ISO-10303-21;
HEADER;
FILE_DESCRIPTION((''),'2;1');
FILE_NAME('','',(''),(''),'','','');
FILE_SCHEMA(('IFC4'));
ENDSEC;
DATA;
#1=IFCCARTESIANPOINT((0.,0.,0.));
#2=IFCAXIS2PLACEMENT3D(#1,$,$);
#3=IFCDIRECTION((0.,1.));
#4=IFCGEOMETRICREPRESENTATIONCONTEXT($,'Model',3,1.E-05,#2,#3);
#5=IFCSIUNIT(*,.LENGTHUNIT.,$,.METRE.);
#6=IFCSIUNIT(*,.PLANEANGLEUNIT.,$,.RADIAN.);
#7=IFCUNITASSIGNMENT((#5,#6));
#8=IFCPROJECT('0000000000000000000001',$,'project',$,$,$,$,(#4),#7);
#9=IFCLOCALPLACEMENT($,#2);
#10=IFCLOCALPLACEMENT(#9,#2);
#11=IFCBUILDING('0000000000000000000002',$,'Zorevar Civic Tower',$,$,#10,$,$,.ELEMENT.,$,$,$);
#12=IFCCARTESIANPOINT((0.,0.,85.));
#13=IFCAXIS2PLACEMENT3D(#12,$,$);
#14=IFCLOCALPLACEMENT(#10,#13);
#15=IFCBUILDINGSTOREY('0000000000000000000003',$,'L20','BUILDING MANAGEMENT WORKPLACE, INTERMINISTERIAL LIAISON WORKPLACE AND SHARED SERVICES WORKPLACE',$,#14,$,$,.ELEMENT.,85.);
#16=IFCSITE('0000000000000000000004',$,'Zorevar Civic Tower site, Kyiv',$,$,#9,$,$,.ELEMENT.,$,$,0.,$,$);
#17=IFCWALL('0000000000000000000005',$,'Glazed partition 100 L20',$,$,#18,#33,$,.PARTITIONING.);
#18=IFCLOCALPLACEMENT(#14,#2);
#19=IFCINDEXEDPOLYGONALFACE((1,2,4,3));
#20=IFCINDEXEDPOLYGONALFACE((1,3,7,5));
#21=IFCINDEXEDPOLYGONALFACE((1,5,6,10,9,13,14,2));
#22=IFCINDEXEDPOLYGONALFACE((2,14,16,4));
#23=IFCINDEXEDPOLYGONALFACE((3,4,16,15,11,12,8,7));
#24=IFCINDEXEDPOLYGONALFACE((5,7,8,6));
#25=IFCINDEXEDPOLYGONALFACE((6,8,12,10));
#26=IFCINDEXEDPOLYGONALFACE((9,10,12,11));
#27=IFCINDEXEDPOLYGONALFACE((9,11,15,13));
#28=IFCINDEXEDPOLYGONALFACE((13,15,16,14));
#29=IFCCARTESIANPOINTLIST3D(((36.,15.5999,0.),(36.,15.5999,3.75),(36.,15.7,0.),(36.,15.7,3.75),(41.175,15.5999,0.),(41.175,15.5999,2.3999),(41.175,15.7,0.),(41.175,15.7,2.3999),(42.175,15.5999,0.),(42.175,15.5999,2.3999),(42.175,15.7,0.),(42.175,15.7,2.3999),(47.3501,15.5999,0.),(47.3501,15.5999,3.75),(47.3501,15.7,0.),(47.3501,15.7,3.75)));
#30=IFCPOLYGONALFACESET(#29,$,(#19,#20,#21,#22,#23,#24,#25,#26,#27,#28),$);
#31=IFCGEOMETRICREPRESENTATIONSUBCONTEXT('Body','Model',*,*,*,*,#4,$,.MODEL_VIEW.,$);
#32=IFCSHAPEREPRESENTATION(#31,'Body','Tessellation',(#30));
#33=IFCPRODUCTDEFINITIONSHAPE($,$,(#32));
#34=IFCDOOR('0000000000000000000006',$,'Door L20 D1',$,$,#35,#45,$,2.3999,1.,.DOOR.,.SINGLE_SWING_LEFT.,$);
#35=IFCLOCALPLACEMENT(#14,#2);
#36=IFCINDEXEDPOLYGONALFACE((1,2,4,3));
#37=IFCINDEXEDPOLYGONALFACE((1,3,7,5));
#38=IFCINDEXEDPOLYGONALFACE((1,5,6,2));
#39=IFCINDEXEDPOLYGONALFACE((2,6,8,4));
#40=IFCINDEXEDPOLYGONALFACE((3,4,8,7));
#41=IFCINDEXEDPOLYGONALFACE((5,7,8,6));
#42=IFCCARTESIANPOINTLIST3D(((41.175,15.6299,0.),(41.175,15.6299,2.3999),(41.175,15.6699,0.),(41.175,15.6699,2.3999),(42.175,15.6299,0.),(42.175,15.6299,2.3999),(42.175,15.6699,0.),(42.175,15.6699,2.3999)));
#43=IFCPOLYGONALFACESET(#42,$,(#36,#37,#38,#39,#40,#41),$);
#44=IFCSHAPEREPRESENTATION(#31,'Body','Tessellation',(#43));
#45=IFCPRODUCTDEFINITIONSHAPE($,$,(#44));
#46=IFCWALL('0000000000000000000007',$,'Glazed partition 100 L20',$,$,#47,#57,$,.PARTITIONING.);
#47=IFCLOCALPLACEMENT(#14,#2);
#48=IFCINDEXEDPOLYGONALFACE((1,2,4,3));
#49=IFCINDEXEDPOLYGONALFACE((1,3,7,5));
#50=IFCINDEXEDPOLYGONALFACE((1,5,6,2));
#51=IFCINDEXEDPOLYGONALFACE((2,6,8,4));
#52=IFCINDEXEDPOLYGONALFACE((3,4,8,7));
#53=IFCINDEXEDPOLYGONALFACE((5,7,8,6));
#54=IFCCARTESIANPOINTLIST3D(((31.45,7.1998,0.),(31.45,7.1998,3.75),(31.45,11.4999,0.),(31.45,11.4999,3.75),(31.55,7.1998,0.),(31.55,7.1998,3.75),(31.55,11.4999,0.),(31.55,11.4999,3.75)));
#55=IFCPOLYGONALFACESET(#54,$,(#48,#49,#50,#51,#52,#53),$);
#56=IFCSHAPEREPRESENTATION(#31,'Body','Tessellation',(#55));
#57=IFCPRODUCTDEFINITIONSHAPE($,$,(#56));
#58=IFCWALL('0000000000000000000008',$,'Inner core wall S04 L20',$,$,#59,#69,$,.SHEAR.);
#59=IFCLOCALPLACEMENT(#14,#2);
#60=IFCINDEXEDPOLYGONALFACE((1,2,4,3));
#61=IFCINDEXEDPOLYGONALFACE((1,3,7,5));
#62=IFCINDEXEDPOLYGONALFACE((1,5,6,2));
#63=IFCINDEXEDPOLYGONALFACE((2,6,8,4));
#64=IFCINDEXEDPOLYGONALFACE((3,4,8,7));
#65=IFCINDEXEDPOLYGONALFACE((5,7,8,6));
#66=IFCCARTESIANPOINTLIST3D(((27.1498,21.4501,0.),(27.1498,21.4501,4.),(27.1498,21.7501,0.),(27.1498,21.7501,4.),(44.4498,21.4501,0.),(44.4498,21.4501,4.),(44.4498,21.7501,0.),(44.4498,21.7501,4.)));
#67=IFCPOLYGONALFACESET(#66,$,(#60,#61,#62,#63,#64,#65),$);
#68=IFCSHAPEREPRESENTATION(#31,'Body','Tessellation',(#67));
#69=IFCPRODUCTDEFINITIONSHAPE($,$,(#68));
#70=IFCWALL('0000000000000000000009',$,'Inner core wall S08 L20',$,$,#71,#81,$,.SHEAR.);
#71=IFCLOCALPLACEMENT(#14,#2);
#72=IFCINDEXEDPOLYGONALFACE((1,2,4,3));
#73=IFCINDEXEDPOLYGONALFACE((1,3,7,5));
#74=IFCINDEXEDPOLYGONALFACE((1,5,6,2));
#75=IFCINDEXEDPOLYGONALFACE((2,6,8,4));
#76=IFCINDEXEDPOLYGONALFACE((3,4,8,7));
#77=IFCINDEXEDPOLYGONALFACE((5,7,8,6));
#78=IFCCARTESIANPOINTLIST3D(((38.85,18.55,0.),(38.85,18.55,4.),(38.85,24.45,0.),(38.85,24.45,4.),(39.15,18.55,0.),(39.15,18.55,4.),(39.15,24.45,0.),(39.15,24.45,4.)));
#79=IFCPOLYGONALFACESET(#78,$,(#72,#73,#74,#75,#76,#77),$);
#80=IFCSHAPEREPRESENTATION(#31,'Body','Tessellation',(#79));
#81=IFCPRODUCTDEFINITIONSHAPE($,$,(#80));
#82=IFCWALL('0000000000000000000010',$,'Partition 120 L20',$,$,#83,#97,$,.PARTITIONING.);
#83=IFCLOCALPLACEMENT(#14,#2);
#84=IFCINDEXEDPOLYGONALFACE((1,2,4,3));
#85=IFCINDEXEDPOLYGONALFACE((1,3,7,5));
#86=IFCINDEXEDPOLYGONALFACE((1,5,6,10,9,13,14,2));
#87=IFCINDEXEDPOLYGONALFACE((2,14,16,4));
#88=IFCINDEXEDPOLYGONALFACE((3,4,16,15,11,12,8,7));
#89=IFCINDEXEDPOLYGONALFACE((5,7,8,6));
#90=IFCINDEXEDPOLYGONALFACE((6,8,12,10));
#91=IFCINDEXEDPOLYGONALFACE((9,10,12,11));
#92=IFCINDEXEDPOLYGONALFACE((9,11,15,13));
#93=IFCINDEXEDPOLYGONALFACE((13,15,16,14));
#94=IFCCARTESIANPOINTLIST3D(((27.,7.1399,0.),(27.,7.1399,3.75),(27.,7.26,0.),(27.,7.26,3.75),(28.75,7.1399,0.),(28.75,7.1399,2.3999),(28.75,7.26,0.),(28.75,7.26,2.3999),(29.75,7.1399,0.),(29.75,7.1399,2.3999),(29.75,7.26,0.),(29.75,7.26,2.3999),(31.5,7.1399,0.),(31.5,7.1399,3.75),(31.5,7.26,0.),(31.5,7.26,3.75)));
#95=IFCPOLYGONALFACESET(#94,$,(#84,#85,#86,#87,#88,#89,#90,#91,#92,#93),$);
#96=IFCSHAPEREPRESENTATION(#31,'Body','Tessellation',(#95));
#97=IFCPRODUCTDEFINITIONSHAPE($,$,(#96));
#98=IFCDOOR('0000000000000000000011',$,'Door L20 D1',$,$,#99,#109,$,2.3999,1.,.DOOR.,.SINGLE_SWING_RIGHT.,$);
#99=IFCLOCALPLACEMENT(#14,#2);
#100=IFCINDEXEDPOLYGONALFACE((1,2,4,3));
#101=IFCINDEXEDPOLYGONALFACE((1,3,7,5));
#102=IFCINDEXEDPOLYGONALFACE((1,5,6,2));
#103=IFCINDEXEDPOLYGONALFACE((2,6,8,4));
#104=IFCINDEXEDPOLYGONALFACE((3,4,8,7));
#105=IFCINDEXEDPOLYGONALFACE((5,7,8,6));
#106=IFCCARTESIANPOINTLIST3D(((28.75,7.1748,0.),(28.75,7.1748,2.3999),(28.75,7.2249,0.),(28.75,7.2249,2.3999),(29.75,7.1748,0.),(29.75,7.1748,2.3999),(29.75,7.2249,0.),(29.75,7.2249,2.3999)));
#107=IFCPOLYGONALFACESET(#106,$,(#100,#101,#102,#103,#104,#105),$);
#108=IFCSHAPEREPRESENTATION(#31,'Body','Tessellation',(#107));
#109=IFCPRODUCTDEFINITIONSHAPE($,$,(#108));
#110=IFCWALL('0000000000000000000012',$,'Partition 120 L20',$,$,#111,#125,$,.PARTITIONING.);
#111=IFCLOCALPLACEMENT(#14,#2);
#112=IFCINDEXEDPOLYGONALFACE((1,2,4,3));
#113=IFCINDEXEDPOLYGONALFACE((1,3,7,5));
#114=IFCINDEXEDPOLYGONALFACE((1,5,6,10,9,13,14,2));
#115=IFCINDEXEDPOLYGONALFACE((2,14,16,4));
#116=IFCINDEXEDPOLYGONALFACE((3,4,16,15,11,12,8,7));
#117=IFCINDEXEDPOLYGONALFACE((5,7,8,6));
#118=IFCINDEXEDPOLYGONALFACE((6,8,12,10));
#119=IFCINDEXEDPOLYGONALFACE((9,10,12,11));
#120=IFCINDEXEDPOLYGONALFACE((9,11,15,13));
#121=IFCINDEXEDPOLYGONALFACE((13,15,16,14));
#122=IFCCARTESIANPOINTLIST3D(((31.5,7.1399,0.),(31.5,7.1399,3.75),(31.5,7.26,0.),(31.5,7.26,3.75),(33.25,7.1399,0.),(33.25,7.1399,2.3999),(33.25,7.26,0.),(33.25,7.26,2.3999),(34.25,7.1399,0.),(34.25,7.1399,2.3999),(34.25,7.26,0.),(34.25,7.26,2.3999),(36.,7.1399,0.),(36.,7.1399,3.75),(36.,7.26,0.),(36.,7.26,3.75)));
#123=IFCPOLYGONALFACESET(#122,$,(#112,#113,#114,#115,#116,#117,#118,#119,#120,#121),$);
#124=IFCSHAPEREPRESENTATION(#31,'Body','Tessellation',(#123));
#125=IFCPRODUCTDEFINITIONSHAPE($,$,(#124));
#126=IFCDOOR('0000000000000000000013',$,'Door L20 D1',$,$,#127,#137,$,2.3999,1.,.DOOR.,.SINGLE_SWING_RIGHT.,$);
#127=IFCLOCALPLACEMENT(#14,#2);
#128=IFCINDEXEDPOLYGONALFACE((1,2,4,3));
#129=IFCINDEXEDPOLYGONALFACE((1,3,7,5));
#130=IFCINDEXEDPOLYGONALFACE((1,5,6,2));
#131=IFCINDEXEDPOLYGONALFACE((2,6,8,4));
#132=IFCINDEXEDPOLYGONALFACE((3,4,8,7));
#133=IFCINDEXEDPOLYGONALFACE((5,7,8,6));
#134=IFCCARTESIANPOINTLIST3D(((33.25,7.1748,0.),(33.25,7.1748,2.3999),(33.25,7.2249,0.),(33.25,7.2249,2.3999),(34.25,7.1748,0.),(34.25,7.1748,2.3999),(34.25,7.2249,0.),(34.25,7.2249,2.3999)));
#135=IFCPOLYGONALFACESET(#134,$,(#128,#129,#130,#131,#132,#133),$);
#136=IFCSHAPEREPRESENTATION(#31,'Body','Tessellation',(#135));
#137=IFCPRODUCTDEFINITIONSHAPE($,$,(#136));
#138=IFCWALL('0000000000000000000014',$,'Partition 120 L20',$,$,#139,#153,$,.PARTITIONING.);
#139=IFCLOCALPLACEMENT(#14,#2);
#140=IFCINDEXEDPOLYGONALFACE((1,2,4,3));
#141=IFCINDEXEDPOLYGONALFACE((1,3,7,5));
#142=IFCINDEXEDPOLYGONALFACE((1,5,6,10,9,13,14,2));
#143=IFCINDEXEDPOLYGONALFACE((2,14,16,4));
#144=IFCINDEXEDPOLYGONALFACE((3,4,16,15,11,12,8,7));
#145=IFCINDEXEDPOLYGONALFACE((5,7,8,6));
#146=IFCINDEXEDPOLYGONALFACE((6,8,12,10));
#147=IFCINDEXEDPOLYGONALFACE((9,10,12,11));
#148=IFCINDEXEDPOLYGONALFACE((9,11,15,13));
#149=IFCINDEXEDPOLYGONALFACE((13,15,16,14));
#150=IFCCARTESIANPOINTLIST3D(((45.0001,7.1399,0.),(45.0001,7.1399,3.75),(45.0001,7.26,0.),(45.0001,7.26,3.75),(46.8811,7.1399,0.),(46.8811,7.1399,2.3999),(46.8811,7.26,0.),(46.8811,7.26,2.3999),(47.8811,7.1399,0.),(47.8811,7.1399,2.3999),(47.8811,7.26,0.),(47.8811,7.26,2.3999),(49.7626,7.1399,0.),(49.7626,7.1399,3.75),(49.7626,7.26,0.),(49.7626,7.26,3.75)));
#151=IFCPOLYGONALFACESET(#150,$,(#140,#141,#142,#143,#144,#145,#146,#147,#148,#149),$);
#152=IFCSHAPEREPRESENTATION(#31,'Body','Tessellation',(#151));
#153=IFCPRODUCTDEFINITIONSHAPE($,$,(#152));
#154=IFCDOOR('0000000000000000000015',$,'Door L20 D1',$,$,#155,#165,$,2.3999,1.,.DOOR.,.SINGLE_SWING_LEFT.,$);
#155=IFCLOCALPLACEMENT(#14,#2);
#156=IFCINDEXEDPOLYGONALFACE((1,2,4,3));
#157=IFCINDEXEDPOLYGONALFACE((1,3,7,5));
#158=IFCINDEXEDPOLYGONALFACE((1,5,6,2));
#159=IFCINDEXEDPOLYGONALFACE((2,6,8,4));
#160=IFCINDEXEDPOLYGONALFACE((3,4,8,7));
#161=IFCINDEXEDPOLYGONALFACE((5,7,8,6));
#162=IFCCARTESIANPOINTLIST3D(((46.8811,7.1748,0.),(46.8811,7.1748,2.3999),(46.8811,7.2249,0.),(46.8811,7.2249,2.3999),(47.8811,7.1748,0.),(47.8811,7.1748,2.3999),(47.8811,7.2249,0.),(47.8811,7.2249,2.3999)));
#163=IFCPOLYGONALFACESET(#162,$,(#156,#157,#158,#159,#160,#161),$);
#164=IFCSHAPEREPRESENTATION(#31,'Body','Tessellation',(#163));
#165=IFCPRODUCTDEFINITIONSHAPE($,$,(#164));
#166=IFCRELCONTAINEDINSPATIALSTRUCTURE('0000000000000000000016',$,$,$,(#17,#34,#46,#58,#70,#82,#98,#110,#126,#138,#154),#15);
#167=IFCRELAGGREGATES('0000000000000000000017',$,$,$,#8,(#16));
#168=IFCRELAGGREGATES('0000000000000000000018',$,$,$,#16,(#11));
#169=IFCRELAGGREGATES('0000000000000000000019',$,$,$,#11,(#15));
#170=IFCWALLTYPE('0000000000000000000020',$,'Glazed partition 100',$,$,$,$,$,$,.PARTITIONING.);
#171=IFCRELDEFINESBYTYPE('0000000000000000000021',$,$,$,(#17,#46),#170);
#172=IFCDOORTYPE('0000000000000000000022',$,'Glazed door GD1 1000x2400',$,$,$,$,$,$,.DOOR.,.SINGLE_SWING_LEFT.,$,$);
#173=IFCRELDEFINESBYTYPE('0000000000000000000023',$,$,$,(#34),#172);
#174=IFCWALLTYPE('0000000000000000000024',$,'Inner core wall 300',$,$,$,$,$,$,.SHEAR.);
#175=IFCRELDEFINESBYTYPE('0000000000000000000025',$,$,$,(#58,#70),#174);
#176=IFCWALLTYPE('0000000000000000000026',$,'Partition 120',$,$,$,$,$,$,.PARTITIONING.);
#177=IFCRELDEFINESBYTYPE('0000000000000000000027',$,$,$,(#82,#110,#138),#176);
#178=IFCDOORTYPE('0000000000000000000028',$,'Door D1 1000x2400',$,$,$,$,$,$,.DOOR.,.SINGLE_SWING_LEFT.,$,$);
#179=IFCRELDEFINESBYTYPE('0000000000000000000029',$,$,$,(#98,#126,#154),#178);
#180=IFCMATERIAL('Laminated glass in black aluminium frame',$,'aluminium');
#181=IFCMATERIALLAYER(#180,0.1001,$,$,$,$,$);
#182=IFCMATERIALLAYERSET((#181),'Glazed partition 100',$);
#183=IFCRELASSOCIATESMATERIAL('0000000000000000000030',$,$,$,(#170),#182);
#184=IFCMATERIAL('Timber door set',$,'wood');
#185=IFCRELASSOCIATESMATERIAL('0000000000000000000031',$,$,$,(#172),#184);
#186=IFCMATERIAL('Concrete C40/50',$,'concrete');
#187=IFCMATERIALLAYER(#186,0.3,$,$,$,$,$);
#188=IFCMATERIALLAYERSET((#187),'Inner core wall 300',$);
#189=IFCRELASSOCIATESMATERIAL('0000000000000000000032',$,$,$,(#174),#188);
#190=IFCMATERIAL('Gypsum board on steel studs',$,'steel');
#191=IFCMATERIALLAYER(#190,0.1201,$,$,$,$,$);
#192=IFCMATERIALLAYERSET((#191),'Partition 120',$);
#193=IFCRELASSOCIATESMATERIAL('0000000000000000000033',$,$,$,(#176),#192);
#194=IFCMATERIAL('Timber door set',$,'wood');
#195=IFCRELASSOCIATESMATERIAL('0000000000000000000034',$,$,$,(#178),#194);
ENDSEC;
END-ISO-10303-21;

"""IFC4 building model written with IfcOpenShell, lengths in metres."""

from ifc_helpers import new_model, si_unit, direction, frame, frame_2d, origin, place, context, subcontext, project, spatial, rectangle, extrude, material, layer, layer_set, type_object, element, fill, save


model = new_model("IFC4")

# Units and contexts
model_context = context("Model", 3, precision=1e-05, world=origin(), true_north=direction((0.0, 1.0)))
body_context = subcontext(model_context, "Body", "Model", "MODEL_VIEW")
ifc_project = project(units=[si_unit("LENGTHUNIT", "METRE"), si_unit("PLANEANGLEUNIT", "RADIAN")], contexts=[model_context])

# Site, building, storey
site_placement = place(None, origin())
site = spatial("IfcSite", under=ifc_project, at=site_placement, Name="Zorevar Civic Tower site, Kyiv", CompositionType="ELEMENT", RefElevation=0.0)
building_placement = place(site_placement, origin())
building = spatial("IfcBuilding", under=site, at=building_placement, Name="Zorevar Civic Tower", CompositionType="ELEMENT")
storey_placement = place(building_placement, frame((0.0, 0.0, 85.0)))
storey = spatial("IfcBuildingStorey", under=building, at=storey_placement, Name="L20", Description="BUILDING MANAGEMENT WORKPLACE, INTERMINISTERIAL LIAISON WORKPLACE AND SHARED SERVICES WORKPLACE", CompositionType="ELEMENT", Elevation=85.0)

# Wall, opening, door
ifc_material_1 = material(Name="Laminated glass in black aluminium frame", Category="aluminium")
ifc_layer_1 = layer(ifc_material_1, 0.1001)
ifc_layer_set_1 = layer_set([ifc_layer_1], Name="Glazed partition 100")
wall_type_1 = type_object("IfcWallType", Name="Glazed partition 100", PredefinedType="PARTITIONING", material=ifc_layer_set_1)
wall_1_placement = place(storey_placement, frame((36.0, 15.6499, 0.0), z_axis=(0.0, 0.0, 1.0), x_axis=(1.0, 0.0, 0.0)))
wall_1 = element("IfcWall", 1, at=wall_1_placement, inside=storey, type_object=wall_type_1, Name="Glazed partition 100 L20", PredefinedType="PARTITIONING", context=body_context, shape_type="SweptSolid", body=[
    extrude(rectangle(XDim=11.3501, YDim=0.1001, at=frame_2d((5.675, 0.0))), origin(), (0.0, 0.0, 1.0), 3.75),
])
opening_1_placement = place(wall_1_placement, frame((5.175, 0.0, 0.0)))
opening_1 = element("IfcOpeningElement", 2, at=opening_1_placement, cuts=wall_1, PredefinedType="OPENING", context=body_context, shape_type="SweptSolid", body=[
    extrude(rectangle(XDim=1.0, YDim=2.3999, at=frame_2d((0.5, 1.2))), frame((0.0, 0.0601, 0.0), z_axis=(0.0, -1.0, 0.0), x_axis=(1.0, 0.0, 0.0)), (0.0, 0.0, 1.0), 0.1201),
])
ifc_material_2 = material(Name="Timber door set", Category="wood")
door_type_1 = type_object("IfcDoorType", Name="Glazed door GD1 1000x2400", OperationType="SINGLE_SWING_LEFT", PredefinedType="DOOR", material=ifc_material_2)
door_1_placement = place(opening_1_placement, origin())
door_1 = element("IfcDoor", 3, at=door_1_placement, inside=storey, type_object=door_type_1, Name="Door L20 D1", OperationType="SINGLE_SWING_LEFT", OverallHeight=2.3999, OverallWidth=1.0, PredefinedType="DOOR", context=body_context, shape_type="SweptSolid", body=[
    extrude(rectangle(XDim=1.0, YDim=2.3999, at=frame_2d((0.5, 1.2))), frame((0.0, 0.02, 0.0), z_axis=(0.0, -1.0, 0.0), x_axis=(1.0, 0.0, 0.0)), (0.0, 0.0, 1.0), 0.04),
])
fill(opening_1, door_1)

# Walls
wall_2_placement = place(storey_placement, frame((31.5, 7.2, 0.0), z_axis=(0.0, 0.0, 1.0), x_axis=(0.0, 1.0, 0.0)))
element("IfcWall", 4, at=wall_2_placement, inside=storey, type_object=wall_type_1, Name="Glazed partition 100 L20", PredefinedType="PARTITIONING", context=body_context, shape_type="SweptSolid", body=[
    extrude(rectangle(XDim=4.3, YDim=0.1001, at=frame_2d((2.1499, 0.0))), origin(), (0.0, 0.0, 1.0), 3.75),
])
ifc_material_3 = material(Name="Concrete C40/50", Category="concrete")
ifc_layer_2 = layer(ifc_material_3, 0.3)
ifc_layer_set_2 = layer_set([ifc_layer_2], Name="Inner core wall 300")
wall_type_2 = type_object("IfcWallType", Name="Inner core wall 300", PredefinedType="SHEAR", material=ifc_layer_set_2)
wall_3_placement = place(storey_placement, frame((27.1499, 21.6001, 0.0), z_axis=(0.0, 0.0, 1.0), x_axis=(1.0, 0.0, 0.0)))
element("IfcWall", 5, at=wall_3_placement, inside=storey, type_object=wall_type_2, Name="Inner core wall S04 L20", PredefinedType="SHEAR", context=body_context, shape_type="SweptSolid", body=[
    extrude(rectangle(XDim=17.3, YDim=0.3, at=frame_2d((8.6499, 0.0))), origin(), (0.0, 0.0, 1.0), 4.0),
])
wall_4_placement = place(storey_placement, frame((39.0, 18.55, 0.0), z_axis=(0.0, 0.0, 1.0), x_axis=(0.0, 1.0, 0.0)))
element("IfcWall", 6, at=wall_4_placement, inside=storey, type_object=wall_type_2, Name="Inner core wall S08 L20", PredefinedType="SHEAR", context=body_context, shape_type="SweptSolid", body=[
    extrude(rectangle(XDim=5.8999, YDim=0.3, at=frame_2d((2.95, 0.0))), origin(), (0.0, 0.0, 1.0), 4.0),
])

# Walls, openings, doors
ifc_material_4 = material(Name="Gypsum board on steel studs", Category="steel")
ifc_layer_3 = layer(ifc_material_4, 0.1201)
ifc_layer_set_3 = layer_set([ifc_layer_3], Name="Partition 120")
wall_type_3 = type_object("IfcWallType", Name="Partition 120", PredefinedType="PARTITIONING", material=ifc_layer_set_3)
wall_5_placement = place(storey_placement, frame((27.0, 7.2, 0.0), z_axis=(0.0, 0.0, 1.0), x_axis=(1.0, 0.0, 0.0)))
wall_5 = element("IfcWall", 7, at=wall_5_placement, inside=storey, type_object=wall_type_3, Name="Partition 120 L20", PredefinedType="PARTITIONING", context=body_context, shape_type="SweptSolid", body=[
    extrude(rectangle(XDim=4.5, YDim=0.1201, at=frame_2d((2.25, 0.0))), origin(), (0.0, 0.0, 1.0), 3.75),
])
opening_2_placement = place(wall_5_placement, frame((1.75, 0.0, 0.0)))
opening_2 = element("IfcOpeningElement", 8, at=opening_2_placement, cuts=wall_5, PredefinedType="OPENING", context=body_context, shape_type="SweptSolid", body=[
    extrude(rectangle(XDim=1.0, YDim=2.3999, at=frame_2d((0.5, 1.2))), frame((0.0, 0.0701, 0.0), z_axis=(0.0, -1.0, 0.0), x_axis=(1.0, 0.0, 0.0)), (0.0, 0.0, 1.0), 0.1401),
])
ifc_material_5 = material(Name="Timber door set", Category="wood")
door_type_2 = type_object("IfcDoorType", Name="Door D1 1000x2400", OperationType="SINGLE_SWING_LEFT", PredefinedType="DOOR", material=ifc_material_5)
door_2_placement = place(opening_2_placement, origin())
door_2 = element("IfcDoor", 9, at=door_2_placement, inside=storey, type_object=door_type_2, Name="Door L20 D1", OperationType="SINGLE_SWING_RIGHT", OverallHeight=2.3999, OverallWidth=1.0, PredefinedType="DOOR", context=body_context, shape_type="SweptSolid", body=[
    extrude(rectangle(XDim=1.0, YDim=2.3999, at=frame_2d((0.5, 1.2))), frame((0.0, 0.0249, 0.0), z_axis=(0.0, -1.0, 0.0), x_axis=(1.0, 0.0, 0.0)), (0.0, 0.0, 1.0), 0.05),
])
fill(opening_2, door_2)
wall_6_placement = place(storey_placement, frame((31.5, 7.2, 0.0), z_axis=(0.0, 0.0, 1.0), x_axis=(1.0, 0.0, 0.0)))
wall_6 = element("IfcWall", 10, at=wall_6_placement, inside=storey, type_object=wall_type_3, Name="Partition 120 L20", PredefinedType="PARTITIONING", context=body_context, shape_type="SweptSolid", body=[
    extrude(rectangle(XDim=4.5, YDim=0.1201, at=frame_2d((2.25, 0.0))), origin(), (0.0, 0.0, 1.0), 3.75),
])
opening_3_placement = place(wall_6_placement, frame((1.75, 0.0, 0.0)))
opening_3 = element("IfcOpeningElement", 11, at=opening_3_placement, cuts=wall_6, PredefinedType="OPENING", context=body_context, shape_type="SweptSolid", body=[
    extrude(rectangle(XDim=1.0, YDim=2.3999, at=frame_2d((0.5, 1.2))), frame((0.0, 0.0701, 0.0), z_axis=(0.0, -1.0, 0.0), x_axis=(1.0, 0.0, 0.0)), (0.0, 0.0, 1.0), 0.1401),
])
door_3_placement = place(opening_3_placement, origin())
door_3 = element("IfcDoor", 12, at=door_3_placement, inside=storey, type_object=door_type_2, Name="Door L20 D1", OperationType="SINGLE_SWING_RIGHT", OverallHeight=2.3999, OverallWidth=1.0, PredefinedType="DOOR", context=body_context, shape_type="SweptSolid", body=[
    extrude(rectangle(XDim=1.0, YDim=2.3999, at=frame_2d((0.5, 1.2))), frame((0.0, 0.0249, 0.0), z_axis=(0.0, -1.0, 0.0), x_axis=(1.0, 0.0, 0.0)), (0.0, 0.0, 1.0), 0.05),
])
fill(opening_3, door_3)
wall_7_placement = place(storey_placement, frame((45.0, 7.2, 0.0), z_axis=(0.0, 0.0, 1.0), x_axis=(1.0, 0.0, 0.0)))
wall_7 = element("IfcWall", 13, at=wall_7_placement, inside=storey, type_object=wall_type_3, Name="Partition 120 L20", PredefinedType="PARTITIONING", context=body_context, shape_type="SweptSolid", body=[
    extrude(rectangle(XDim=4.7625, YDim=0.1201, at=frame_2d((2.3813, 0.0))), origin(), (0.0, 0.0, 1.0), 3.75),
])
opening_4_placement = place(wall_7_placement, frame((1.8811, 0.0, 0.0)))
opening_4 = element("IfcOpeningElement", 14, at=opening_4_placement, cuts=wall_7, PredefinedType="OPENING", context=body_context, shape_type="SweptSolid", body=[
    extrude(rectangle(XDim=1.0, YDim=2.3999, at=frame_2d((0.5, 1.2))), frame((0.0, 0.0701, 0.0), z_axis=(0.0, -1.0, 0.0), x_axis=(1.0, 0.0, 0.0)), (0.0, 0.0, 1.0), 0.1401),
])
door_4_placement = place(opening_4_placement, origin())
door_4 = element("IfcDoor", 15, at=door_4_placement, inside=storey, type_object=door_type_2, Name="Door L20 D1", OperationType="SINGLE_SWING_LEFT", OverallHeight=2.3999, OverallWidth=1.0, PredefinedType="DOOR", context=body_context, shape_type="SweptSolid", body=[
    extrude(rectangle(XDim=1.0, YDim=2.3999, at=frame_2d((0.5, 1.2))), frame((0.0, 0.0249, 0.0), z_axis=(0.0, -1.0, 0.0), x_axis=(1.0, 0.0, 0.0)), (0.0, 0.0, 1.0), 0.05),
])
fill(opening_4, door_4)

save(model, "model.ifc")
